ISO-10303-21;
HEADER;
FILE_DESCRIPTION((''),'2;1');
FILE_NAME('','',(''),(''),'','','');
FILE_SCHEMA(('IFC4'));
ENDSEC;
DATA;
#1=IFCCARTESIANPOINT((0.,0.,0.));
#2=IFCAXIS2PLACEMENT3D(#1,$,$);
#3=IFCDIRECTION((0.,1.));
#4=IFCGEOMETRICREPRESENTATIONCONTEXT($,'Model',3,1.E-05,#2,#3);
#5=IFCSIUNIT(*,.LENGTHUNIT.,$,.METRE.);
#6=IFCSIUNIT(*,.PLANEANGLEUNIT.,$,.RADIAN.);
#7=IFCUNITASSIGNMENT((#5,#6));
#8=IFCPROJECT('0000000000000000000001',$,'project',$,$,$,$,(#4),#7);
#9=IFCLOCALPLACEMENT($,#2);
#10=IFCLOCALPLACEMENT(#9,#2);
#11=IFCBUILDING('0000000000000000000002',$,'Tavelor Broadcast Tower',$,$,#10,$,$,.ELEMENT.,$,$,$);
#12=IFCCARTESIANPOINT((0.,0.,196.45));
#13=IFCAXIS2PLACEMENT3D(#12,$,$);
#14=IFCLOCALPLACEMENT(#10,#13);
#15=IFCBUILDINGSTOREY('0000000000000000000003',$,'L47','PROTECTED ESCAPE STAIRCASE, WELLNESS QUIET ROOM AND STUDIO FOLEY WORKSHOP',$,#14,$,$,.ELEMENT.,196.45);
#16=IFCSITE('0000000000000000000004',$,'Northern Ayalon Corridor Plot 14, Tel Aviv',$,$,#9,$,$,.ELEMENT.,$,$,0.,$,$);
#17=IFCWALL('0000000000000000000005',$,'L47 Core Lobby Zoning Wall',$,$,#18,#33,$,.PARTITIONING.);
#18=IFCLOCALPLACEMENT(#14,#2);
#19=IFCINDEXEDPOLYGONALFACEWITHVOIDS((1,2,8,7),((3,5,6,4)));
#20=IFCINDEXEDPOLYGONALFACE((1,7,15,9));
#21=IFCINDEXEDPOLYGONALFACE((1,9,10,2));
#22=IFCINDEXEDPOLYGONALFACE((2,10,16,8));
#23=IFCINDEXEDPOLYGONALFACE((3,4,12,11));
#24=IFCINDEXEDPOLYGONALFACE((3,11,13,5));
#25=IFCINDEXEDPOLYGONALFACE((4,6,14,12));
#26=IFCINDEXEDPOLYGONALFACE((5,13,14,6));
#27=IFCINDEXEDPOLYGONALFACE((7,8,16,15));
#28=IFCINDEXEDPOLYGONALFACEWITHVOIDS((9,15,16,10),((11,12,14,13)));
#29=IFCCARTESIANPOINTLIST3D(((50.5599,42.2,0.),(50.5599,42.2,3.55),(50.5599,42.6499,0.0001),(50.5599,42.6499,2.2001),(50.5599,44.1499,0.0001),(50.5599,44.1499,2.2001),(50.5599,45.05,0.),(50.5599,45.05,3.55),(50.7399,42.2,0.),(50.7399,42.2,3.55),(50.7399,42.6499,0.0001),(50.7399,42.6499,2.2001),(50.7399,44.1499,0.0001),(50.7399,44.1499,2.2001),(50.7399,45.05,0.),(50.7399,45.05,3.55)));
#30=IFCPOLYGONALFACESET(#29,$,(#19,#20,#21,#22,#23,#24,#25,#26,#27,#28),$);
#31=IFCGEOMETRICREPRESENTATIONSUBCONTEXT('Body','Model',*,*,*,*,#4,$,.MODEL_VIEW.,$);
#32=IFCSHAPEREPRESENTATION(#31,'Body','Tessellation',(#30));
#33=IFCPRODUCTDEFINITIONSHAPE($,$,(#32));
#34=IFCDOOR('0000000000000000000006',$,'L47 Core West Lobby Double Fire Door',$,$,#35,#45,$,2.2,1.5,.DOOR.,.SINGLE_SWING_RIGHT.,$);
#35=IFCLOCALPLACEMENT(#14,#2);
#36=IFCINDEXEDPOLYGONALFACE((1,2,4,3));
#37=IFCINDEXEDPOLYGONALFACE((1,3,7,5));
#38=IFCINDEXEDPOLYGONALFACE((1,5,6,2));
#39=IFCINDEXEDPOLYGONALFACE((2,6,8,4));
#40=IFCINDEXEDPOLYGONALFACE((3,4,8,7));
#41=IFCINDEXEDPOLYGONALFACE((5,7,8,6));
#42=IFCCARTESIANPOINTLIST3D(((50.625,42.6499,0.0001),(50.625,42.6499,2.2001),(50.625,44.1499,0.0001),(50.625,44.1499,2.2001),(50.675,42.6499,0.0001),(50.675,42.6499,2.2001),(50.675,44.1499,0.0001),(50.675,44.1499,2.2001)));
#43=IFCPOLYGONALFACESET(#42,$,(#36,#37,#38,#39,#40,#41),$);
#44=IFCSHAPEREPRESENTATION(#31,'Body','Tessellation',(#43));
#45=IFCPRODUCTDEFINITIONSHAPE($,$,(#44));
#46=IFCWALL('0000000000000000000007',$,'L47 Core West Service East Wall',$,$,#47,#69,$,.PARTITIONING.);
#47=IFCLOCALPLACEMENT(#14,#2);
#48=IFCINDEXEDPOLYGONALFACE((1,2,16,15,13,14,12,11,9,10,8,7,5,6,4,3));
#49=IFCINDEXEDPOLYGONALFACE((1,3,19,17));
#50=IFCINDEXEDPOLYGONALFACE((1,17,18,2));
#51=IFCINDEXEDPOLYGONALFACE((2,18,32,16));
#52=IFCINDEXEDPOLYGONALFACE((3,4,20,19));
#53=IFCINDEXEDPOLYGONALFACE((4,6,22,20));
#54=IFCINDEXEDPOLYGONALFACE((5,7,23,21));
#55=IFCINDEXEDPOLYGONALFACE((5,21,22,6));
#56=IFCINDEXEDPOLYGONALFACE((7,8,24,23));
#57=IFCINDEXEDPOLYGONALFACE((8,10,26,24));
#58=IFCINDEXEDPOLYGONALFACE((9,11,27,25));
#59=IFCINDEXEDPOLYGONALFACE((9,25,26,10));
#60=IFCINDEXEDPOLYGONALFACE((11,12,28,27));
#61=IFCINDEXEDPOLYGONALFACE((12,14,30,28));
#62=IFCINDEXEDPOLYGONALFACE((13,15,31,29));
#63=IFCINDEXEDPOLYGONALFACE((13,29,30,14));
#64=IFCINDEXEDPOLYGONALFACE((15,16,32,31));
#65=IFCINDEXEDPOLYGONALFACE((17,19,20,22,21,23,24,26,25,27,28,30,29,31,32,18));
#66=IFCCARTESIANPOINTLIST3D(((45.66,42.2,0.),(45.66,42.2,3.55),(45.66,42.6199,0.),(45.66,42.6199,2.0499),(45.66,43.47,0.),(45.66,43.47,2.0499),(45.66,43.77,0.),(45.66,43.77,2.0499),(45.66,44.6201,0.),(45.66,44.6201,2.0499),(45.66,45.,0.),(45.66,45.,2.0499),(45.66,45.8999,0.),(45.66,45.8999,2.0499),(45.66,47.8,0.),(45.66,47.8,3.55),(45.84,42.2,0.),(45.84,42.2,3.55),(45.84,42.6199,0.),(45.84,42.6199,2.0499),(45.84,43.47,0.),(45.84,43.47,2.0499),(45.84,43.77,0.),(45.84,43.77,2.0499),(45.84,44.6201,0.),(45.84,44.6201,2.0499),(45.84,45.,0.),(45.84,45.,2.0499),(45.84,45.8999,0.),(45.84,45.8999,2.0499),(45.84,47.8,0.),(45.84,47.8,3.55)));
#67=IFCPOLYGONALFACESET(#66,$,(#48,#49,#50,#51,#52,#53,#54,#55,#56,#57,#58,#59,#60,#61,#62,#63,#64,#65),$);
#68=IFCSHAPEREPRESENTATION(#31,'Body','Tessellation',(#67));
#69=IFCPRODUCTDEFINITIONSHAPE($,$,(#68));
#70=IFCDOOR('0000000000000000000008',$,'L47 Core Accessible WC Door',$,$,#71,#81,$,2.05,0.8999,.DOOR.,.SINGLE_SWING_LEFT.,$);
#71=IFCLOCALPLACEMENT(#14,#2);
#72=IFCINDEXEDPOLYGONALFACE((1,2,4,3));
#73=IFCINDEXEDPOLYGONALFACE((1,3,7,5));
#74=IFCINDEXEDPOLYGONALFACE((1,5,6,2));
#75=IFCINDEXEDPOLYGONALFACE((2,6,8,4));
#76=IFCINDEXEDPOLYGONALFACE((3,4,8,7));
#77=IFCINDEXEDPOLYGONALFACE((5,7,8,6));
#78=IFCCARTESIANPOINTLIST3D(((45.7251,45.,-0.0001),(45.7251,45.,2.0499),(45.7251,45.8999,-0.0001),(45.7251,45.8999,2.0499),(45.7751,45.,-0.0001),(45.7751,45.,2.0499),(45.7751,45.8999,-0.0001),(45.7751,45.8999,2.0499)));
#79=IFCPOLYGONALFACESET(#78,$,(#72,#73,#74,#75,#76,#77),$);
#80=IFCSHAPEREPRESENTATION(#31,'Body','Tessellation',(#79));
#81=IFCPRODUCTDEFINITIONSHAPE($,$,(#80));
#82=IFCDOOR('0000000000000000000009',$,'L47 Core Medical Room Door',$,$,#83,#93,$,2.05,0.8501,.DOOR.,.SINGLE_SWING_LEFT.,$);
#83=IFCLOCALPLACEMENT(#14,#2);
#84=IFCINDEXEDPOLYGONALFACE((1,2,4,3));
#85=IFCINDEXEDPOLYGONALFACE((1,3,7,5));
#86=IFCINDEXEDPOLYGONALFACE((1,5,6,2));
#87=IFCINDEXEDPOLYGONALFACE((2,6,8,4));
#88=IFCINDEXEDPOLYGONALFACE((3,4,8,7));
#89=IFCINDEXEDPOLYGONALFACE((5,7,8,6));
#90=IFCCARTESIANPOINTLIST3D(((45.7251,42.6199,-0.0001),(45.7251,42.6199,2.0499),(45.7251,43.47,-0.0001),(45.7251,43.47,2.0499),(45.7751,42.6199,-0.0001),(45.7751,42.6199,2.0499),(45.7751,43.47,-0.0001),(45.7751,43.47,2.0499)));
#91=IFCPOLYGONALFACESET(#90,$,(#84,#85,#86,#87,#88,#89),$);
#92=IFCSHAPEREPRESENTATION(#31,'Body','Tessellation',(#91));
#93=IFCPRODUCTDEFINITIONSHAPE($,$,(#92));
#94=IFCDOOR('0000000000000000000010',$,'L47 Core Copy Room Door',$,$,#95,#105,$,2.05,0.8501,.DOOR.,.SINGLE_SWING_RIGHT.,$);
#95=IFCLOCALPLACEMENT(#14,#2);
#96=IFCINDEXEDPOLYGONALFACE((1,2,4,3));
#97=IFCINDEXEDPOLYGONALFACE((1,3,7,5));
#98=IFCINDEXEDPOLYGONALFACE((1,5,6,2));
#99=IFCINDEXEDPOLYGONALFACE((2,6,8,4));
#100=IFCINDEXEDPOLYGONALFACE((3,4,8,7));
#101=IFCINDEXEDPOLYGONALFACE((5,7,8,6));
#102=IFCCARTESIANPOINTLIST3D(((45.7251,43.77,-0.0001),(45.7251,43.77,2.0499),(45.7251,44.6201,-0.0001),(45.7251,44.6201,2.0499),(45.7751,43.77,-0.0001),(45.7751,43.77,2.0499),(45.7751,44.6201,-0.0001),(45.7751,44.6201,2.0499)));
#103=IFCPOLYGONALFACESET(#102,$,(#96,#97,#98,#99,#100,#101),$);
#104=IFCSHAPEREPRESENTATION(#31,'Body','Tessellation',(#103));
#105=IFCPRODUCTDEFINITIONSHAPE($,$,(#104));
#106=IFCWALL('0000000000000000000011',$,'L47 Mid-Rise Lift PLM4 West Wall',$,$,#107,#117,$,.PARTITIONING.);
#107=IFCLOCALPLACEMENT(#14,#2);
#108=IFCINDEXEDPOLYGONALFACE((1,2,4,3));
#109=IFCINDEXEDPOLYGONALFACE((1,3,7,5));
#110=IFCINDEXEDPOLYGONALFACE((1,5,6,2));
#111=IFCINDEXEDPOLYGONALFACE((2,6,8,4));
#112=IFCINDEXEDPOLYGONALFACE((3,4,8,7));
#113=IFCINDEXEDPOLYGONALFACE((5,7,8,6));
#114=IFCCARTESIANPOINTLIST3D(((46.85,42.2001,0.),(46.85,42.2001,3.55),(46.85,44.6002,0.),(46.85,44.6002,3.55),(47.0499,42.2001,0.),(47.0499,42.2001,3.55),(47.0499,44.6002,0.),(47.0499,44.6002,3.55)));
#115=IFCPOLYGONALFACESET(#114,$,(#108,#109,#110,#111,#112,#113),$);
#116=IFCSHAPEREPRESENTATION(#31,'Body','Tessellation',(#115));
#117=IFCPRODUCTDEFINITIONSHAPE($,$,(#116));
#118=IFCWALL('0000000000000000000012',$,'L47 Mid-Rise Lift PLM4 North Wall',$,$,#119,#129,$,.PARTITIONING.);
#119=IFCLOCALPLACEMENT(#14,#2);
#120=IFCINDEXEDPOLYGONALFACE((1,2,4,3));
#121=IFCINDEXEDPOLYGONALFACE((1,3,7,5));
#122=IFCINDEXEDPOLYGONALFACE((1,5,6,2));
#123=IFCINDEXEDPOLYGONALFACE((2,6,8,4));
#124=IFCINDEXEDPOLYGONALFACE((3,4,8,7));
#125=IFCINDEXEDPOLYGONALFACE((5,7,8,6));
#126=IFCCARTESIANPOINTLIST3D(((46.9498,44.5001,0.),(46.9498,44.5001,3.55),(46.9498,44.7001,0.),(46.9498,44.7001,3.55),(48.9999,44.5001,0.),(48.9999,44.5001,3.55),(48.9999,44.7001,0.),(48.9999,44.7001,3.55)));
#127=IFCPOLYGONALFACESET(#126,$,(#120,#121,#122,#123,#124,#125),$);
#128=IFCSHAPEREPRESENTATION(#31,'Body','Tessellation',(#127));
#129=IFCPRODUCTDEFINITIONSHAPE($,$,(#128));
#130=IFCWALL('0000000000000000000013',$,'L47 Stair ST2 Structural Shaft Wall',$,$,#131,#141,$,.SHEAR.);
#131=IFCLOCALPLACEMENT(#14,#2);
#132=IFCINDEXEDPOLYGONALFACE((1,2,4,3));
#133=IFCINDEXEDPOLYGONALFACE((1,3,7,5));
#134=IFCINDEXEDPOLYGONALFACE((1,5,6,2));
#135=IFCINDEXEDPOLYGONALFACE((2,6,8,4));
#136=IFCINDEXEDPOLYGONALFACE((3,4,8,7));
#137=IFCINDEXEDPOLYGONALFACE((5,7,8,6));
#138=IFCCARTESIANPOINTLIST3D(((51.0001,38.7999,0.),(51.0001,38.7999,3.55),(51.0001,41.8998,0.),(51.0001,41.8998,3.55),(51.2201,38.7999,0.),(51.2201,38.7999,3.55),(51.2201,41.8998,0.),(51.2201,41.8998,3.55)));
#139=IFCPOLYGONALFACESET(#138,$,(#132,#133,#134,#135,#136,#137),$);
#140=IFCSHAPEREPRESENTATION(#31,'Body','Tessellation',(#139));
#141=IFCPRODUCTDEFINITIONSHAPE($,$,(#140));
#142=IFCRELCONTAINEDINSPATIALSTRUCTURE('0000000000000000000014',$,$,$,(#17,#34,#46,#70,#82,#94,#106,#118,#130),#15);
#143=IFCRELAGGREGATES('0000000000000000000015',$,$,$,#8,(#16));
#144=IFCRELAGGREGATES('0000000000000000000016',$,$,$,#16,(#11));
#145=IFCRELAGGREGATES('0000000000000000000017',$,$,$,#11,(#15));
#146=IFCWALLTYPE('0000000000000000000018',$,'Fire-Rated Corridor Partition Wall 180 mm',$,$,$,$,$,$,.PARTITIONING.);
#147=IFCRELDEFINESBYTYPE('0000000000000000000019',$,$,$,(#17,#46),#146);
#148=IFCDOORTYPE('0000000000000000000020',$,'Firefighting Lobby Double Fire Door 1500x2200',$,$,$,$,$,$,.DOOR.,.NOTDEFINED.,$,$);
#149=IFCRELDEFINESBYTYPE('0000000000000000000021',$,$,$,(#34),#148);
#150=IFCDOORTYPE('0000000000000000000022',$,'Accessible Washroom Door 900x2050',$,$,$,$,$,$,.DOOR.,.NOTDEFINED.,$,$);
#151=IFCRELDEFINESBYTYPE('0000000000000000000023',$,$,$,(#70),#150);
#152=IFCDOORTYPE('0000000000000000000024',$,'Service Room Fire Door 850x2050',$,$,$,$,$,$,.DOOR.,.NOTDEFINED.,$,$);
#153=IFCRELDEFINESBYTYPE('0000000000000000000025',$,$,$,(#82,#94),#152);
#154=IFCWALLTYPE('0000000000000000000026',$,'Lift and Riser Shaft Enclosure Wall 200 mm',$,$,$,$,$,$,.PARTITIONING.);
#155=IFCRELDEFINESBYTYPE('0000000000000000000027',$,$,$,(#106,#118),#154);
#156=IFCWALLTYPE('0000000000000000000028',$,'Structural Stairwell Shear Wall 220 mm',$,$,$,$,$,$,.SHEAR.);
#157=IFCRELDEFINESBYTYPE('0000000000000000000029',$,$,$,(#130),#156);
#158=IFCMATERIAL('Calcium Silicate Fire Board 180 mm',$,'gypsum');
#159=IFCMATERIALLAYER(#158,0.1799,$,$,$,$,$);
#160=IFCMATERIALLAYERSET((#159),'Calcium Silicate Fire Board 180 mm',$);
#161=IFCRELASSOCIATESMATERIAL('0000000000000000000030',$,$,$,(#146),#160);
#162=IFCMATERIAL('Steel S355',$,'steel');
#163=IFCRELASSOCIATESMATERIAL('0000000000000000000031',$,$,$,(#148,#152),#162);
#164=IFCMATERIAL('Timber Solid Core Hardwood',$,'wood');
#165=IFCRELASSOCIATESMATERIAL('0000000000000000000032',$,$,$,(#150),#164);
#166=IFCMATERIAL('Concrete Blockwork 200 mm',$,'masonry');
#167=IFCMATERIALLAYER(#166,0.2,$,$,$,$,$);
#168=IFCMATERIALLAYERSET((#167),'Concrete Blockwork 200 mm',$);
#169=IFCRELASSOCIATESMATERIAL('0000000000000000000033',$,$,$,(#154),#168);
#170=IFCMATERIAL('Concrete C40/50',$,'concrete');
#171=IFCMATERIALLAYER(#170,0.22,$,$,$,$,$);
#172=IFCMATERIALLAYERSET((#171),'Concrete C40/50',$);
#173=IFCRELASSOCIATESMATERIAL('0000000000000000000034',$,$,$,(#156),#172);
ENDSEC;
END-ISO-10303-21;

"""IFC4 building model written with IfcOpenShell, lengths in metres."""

from ifc_helpers import new_model, si_unit, direction, frame, frame_2d, origin, place, context, subcontext, project, spatial, rectangle, extrude, material, layer, layer_set, type_object, element, fill, save


model = new_model("IFC4")

# Units and contexts
model_context = context("Model", 3, precision=1e-05, world=origin(), true_north=direction((0.0, 1.0)))
body_context = subcontext(model_context, "Body", "Model", "MODEL_VIEW")
ifc_project = project(units=[si_unit("LENGTHUNIT", "METRE"), si_unit("PLANEANGLEUNIT", "RADIAN")], contexts=[model_context])

# Site, building, storey
site_placement = place(None, origin())
site = spatial("IfcSite", under=ifc_project, at=site_placement, Name="Northern Ayalon Corridor Plot 14, Tel Aviv", CompositionType="ELEMENT", RefElevation=0.0)
building_placement = place(site_placement, origin())
building = spatial("IfcBuilding", under=site, at=building_placement, Name="Tavelor Broadcast Tower", CompositionType="ELEMENT")
storey_placement = place(building_placement, frame((0.0, 0.0, 196.45)))
storey = spatial("IfcBuildingStorey", under=building, at=storey_placement, Name="L47", Description="PROTECTED ESCAPE STAIRCASE, WELLNESS QUIET ROOM AND STUDIO FOLEY WORKSHOP", CompositionType="ELEMENT", Elevation=196.45)

# Wall, opening, door
ifc_material_1 = material(Name="Calcium Silicate Fire Board 180 mm", Category="gypsum")
ifc_layer_1 = layer(ifc_material_1, 0.1799)
ifc_layer_set_1 = layer_set([ifc_layer_1], Name="Calcium Silicate Fire Board 180 mm")
wall_type_1 = type_object("IfcWallType", Name="Fire-Rated Corridor Partition Wall 180 mm", PredefinedType="PARTITIONING", material=ifc_layer_set_1)
wall_1_placement = place(storey_placement, frame((50.6499, 42.2, 0.0), z_axis=(0.0, 0.0, 1.0), x_axis=(0.0, 1.0, 0.0)))
wall_1 = element("IfcWall", 1, at=wall_1_placement, inside=storey, type_object=wall_type_1, Name="L47 Core Lobby Zoning Wall", PredefinedType="PARTITIONING", context=body_context, shape_type="SweptSolid", body=[
    extrude(rectangle(XDim=2.8501, YDim=0.1799, at=frame_2d((1.425, 0.0))), origin(), (0.0, 0.0, 1.0), 3.55),
])
opening_1_placement = place(wall_1_placement, frame((0.45, 0.0, 0.0)))
opening_1 = element("IfcOpeningElement", 2, at=opening_1_placement, cuts=wall_1, PredefinedType="OPENING", context=body_context, shape_type="SweptSolid", body=[
    extrude(rectangle(XDim=1.5, YDim=2.2, at=frame_2d((0.75, 1.1001))), frame((0.0, 0.1001, 0.0), z_axis=(0.0, -1.0, 0.0), x_axis=(1.0, 0.0, 0.0)), (0.0, 0.0, 1.0), 0.2),
])
ifc_material_2 = material(Name="Steel S355", Category="steel")
door_type_1 = type_object("IfcDoorType", Name="Firefighting Lobby Double Fire Door 1500x2200", OperationType="NOTDEFINED", PredefinedType="DOOR", material=ifc_material_2)
door_1_placement = place(opening_1_placement, origin())
door_1 = element("IfcDoor", 3, at=door_1_placement, inside=storey, type_object=door_type_1, Name="L47 Core West Lobby Double Fire Door", OperationType="SINGLE_SWING_RIGHT", OverallHeight=2.2, OverallWidth=1.5, PredefinedType="DOOR", context=body_context, shape_type="SweptSolid", body=[
    extrude(rectangle(XDim=1.5, YDim=2.2, at=frame_2d((0.75, 1.1001))), frame((0.0, 0.0249, 0.0), z_axis=(0.0, -1.0, 0.0), x_axis=(1.0, 0.0, 0.0)), (0.0, 0.0, 1.0), 0.05),
])
fill(opening_1, door_1)

# Wall, openings, doors
wall_2_placement = place(storey_placement, frame((45.75, 42.2, 0.0), z_axis=(0.0, 0.0, 1.0), x_axis=(0.0, 1.0, 0.0)))
wall_2 = element("IfcWall", 4, at=wall_2_placement, inside=storey, type_object=wall_type_1, Name="L47 Core West Service East Wall", PredefinedType="PARTITIONING", context=body_context, shape_type="SweptSolid", body=[
    extrude(rectangle(XDim=5.6001, YDim=0.1799, at=frame_2d((2.8, 0.0))), origin(), (0.0, 0.0, 1.0), 3.55),
])
opening_2_placement = place(wall_2_placement, frame((0.4199, 0.0, 0.0)))
opening_2 = element("IfcOpeningElement", 5, at=opening_2_placement, cuts=wall_2, PredefinedType="OPENING", context=body_context, shape_type="SweptSolid", body=[
    extrude(rectangle(XDim=0.8501, YDim=2.05, at=frame_2d((0.425, 1.0249))), frame((0.0, 0.1001, 0.0), z_axis=(0.0, -1.0, 0.0), x_axis=(1.0, 0.0, 0.0)), (0.0, 0.0, 1.0), 0.2),
])
opening_3_placement = place(wall_2_placement, frame((1.5701, 0.0, 0.0)))
opening_3 = element("IfcOpeningElement", 6, at=opening_3_placement, cuts=wall_2, PredefinedType="OPENING", context=body_context, shape_type="SweptSolid", body=[
    extrude(rectangle(XDim=0.8501, YDim=2.05, at=frame_2d((0.425, 1.0249))), frame((0.0, 0.1001, 0.0), z_axis=(0.0, -1.0, 0.0), x_axis=(1.0, 0.0, 0.0)), (0.0, 0.0, 1.0), 0.2),
])
opening_4_placement = place(wall_2_placement, frame((2.8, 0.0, 0.0)))
opening_4 = element("IfcOpeningElement", 7, at=opening_4_placement, cuts=wall_2, PredefinedType="OPENING", context=body_context, shape_type="SweptSolid", body=[
    extrude(rectangle(XDim=0.8999, YDim=2.05, at=frame_2d((0.45, 1.0249))), frame((0.0, 0.1001, 0.0), z_axis=(0.0, -1.0, 0.0), x_axis=(1.0, 0.0, 0.0)), (0.0, 0.0, 1.0), 0.2),
])
ifc_material_3 = material(Name="Timber Solid Core Hardwood", Category="wood")
door_type_2 = type_object("IfcDoorType", Name="Accessible Washroom Door 900x2050", OperationType="NOTDEFINED", PredefinedType="DOOR", material=ifc_material_3)
door_2_placement = place(opening_4_placement, origin())
door_2 = element("IfcDoor", 8, at=door_2_placement, inside=storey, type_object=door_type_2, Name="L47 Core Accessible WC Door", OperationType="SINGLE_SWING_LEFT", OverallHeight=2.05, OverallWidth=0.8999, PredefinedType="DOOR", context=body_context, shape_type="SweptSolid", body=[
    extrude(rectangle(XDim=0.8999, YDim=2.05, at=frame_2d((0.45, 1.0249))), frame((0.0, 0.0249, 0.0), z_axis=(0.0, -1.0, 0.0), x_axis=(1.0, 0.0, 0.0)), (0.0, 0.0, 1.0), 0.05),
])
fill(opening_4, door_2)
door_type_3 = type_object("IfcDoorType", Name="Service Room Fire Door 850x2050", OperationType="NOTDEFINED", PredefinedType="DOOR", material=ifc_material_2)
door_3_placement = place(opening_2_placement, origin())
door_3 = element("IfcDoor", 9, at=door_3_placement, inside=storey, type_object=door_type_3, Name="L47 Core Medical Room Door", OperationType="SINGLE_SWING_LEFT", OverallHeight=2.05, OverallWidth=0.8501, PredefinedType="DOOR", context=body_context, shape_type="SweptSolid", body=[
    extrude(rectangle(XDim=0.8501, YDim=2.05, at=frame_2d((0.425, 1.0249))), frame((0.0, 0.0249, 0.0), z_axis=(0.0, -1.0, 0.0), x_axis=(1.0, 0.0, 0.0)), (0.0, 0.0, 1.0), 0.05),
])
fill(opening_2, door_3)
door_4_placement = place(opening_3_placement, origin())
door_4 = element("IfcDoor", 10, at=door_4_placement, inside=storey, type_object=door_type_3, Name="L47 Core Copy Room Door", OperationType="SINGLE_SWING_RIGHT", OverallHeight=2.05, OverallWidth=0.8501, PredefinedType="DOOR", context=body_context, shape_type="SweptSolid", body=[
    extrude(rectangle(XDim=0.8501, YDim=2.05, at=frame_2d((0.425, 1.0249))), frame((0.0, 0.0249, 0.0), z_axis=(0.0, -1.0, 0.0), x_axis=(1.0, 0.0, 0.0)), (0.0, 0.0, 1.0), 0.05),
])
fill(opening_3, door_4)

# Shared definitions
ifc_material_4 = material(Name="Concrete Blockwork 200 mm", Category="masonry")

# Walls
ifc_layer_2 = layer(ifc_material_4, 0.2)
ifc_layer_set_2 = layer_set([ifc_layer_2], Name="Concrete Blockwork 200 mm")
wall_type_2 = type_object("IfcWallType", Name="Lift and Riser Shaft Enclosure Wall 200 mm", PredefinedType="PARTITIONING", material=ifc_layer_set_2)
wall_3_placement = place(storey_placement, frame((46.95, 42.2, 0.0), z_axis=(0.0, 0.0, 1.0), x_axis=(0.0, 1.0, 0.0)))
element("IfcWall", 11, at=wall_3_placement, inside=storey, type_object=wall_type_2, Name="L47 Mid-Rise Lift PLM4 West Wall", PredefinedType="PARTITIONING", context=body_context, shape_type="SweptSolid", body=[
    extrude(rectangle(XDim=2.4001, YDim=0.2, at=frame_2d((1.2002, 0.0))), origin(), (0.0, 0.0, 1.0), 3.55),
])
wall_4_placement = place(storey_placement, frame((46.95, 44.6001, 0.0), z_axis=(0.0, 0.0, 1.0), x_axis=(1.0, 0.0, 0.0)))
element("IfcWall", 12, at=wall_4_placement, inside=storey, type_object=wall_type_2, Name="L47 Mid-Rise Lift PLM4 North Wall", PredefinedType="PARTITIONING", context=body_context, shape_type="SweptSolid", body=[
    extrude(rectangle(XDim=2.05, YDim=0.2, at=frame_2d((1.0249, 0.0))), origin(), (0.0, 0.0, 1.0), 3.55),
])
ifc_material_5 = material(Name="Concrete C40/50", Category="concrete")
ifc_layer_3 = layer(ifc_material_5, 0.22)
ifc_layer_set_3 = layer_set([ifc_layer_3], Name="Concrete C40/50")
wall_type_3 = type_object("IfcWallType", Name="Structural Stairwell Shear Wall 220 mm", PredefinedType="SHEAR", material=ifc_layer_set_3)
wall_5_placement = place(storey_placement, frame((51.1101, 38.8, 0.0), z_axis=(0.0, 0.0, 1.0), x_axis=(0.0, 1.0, 0.0)))
element("IfcWall", 13, at=wall_5_placement, inside=storey, type_object=wall_type_3, Name="L47 Stair ST2 Structural Shaft Wall", PredefinedType="SHEAR", context=body_context, shape_type="SweptSolid", body=[
    extrude(rectangle(XDim=3.0999, YDim=0.22, at=frame_2d((1.5498, 0.0))), origin(), (0.0, 0.0, 1.0), 3.55),
])

save(model, "model.ifc")
